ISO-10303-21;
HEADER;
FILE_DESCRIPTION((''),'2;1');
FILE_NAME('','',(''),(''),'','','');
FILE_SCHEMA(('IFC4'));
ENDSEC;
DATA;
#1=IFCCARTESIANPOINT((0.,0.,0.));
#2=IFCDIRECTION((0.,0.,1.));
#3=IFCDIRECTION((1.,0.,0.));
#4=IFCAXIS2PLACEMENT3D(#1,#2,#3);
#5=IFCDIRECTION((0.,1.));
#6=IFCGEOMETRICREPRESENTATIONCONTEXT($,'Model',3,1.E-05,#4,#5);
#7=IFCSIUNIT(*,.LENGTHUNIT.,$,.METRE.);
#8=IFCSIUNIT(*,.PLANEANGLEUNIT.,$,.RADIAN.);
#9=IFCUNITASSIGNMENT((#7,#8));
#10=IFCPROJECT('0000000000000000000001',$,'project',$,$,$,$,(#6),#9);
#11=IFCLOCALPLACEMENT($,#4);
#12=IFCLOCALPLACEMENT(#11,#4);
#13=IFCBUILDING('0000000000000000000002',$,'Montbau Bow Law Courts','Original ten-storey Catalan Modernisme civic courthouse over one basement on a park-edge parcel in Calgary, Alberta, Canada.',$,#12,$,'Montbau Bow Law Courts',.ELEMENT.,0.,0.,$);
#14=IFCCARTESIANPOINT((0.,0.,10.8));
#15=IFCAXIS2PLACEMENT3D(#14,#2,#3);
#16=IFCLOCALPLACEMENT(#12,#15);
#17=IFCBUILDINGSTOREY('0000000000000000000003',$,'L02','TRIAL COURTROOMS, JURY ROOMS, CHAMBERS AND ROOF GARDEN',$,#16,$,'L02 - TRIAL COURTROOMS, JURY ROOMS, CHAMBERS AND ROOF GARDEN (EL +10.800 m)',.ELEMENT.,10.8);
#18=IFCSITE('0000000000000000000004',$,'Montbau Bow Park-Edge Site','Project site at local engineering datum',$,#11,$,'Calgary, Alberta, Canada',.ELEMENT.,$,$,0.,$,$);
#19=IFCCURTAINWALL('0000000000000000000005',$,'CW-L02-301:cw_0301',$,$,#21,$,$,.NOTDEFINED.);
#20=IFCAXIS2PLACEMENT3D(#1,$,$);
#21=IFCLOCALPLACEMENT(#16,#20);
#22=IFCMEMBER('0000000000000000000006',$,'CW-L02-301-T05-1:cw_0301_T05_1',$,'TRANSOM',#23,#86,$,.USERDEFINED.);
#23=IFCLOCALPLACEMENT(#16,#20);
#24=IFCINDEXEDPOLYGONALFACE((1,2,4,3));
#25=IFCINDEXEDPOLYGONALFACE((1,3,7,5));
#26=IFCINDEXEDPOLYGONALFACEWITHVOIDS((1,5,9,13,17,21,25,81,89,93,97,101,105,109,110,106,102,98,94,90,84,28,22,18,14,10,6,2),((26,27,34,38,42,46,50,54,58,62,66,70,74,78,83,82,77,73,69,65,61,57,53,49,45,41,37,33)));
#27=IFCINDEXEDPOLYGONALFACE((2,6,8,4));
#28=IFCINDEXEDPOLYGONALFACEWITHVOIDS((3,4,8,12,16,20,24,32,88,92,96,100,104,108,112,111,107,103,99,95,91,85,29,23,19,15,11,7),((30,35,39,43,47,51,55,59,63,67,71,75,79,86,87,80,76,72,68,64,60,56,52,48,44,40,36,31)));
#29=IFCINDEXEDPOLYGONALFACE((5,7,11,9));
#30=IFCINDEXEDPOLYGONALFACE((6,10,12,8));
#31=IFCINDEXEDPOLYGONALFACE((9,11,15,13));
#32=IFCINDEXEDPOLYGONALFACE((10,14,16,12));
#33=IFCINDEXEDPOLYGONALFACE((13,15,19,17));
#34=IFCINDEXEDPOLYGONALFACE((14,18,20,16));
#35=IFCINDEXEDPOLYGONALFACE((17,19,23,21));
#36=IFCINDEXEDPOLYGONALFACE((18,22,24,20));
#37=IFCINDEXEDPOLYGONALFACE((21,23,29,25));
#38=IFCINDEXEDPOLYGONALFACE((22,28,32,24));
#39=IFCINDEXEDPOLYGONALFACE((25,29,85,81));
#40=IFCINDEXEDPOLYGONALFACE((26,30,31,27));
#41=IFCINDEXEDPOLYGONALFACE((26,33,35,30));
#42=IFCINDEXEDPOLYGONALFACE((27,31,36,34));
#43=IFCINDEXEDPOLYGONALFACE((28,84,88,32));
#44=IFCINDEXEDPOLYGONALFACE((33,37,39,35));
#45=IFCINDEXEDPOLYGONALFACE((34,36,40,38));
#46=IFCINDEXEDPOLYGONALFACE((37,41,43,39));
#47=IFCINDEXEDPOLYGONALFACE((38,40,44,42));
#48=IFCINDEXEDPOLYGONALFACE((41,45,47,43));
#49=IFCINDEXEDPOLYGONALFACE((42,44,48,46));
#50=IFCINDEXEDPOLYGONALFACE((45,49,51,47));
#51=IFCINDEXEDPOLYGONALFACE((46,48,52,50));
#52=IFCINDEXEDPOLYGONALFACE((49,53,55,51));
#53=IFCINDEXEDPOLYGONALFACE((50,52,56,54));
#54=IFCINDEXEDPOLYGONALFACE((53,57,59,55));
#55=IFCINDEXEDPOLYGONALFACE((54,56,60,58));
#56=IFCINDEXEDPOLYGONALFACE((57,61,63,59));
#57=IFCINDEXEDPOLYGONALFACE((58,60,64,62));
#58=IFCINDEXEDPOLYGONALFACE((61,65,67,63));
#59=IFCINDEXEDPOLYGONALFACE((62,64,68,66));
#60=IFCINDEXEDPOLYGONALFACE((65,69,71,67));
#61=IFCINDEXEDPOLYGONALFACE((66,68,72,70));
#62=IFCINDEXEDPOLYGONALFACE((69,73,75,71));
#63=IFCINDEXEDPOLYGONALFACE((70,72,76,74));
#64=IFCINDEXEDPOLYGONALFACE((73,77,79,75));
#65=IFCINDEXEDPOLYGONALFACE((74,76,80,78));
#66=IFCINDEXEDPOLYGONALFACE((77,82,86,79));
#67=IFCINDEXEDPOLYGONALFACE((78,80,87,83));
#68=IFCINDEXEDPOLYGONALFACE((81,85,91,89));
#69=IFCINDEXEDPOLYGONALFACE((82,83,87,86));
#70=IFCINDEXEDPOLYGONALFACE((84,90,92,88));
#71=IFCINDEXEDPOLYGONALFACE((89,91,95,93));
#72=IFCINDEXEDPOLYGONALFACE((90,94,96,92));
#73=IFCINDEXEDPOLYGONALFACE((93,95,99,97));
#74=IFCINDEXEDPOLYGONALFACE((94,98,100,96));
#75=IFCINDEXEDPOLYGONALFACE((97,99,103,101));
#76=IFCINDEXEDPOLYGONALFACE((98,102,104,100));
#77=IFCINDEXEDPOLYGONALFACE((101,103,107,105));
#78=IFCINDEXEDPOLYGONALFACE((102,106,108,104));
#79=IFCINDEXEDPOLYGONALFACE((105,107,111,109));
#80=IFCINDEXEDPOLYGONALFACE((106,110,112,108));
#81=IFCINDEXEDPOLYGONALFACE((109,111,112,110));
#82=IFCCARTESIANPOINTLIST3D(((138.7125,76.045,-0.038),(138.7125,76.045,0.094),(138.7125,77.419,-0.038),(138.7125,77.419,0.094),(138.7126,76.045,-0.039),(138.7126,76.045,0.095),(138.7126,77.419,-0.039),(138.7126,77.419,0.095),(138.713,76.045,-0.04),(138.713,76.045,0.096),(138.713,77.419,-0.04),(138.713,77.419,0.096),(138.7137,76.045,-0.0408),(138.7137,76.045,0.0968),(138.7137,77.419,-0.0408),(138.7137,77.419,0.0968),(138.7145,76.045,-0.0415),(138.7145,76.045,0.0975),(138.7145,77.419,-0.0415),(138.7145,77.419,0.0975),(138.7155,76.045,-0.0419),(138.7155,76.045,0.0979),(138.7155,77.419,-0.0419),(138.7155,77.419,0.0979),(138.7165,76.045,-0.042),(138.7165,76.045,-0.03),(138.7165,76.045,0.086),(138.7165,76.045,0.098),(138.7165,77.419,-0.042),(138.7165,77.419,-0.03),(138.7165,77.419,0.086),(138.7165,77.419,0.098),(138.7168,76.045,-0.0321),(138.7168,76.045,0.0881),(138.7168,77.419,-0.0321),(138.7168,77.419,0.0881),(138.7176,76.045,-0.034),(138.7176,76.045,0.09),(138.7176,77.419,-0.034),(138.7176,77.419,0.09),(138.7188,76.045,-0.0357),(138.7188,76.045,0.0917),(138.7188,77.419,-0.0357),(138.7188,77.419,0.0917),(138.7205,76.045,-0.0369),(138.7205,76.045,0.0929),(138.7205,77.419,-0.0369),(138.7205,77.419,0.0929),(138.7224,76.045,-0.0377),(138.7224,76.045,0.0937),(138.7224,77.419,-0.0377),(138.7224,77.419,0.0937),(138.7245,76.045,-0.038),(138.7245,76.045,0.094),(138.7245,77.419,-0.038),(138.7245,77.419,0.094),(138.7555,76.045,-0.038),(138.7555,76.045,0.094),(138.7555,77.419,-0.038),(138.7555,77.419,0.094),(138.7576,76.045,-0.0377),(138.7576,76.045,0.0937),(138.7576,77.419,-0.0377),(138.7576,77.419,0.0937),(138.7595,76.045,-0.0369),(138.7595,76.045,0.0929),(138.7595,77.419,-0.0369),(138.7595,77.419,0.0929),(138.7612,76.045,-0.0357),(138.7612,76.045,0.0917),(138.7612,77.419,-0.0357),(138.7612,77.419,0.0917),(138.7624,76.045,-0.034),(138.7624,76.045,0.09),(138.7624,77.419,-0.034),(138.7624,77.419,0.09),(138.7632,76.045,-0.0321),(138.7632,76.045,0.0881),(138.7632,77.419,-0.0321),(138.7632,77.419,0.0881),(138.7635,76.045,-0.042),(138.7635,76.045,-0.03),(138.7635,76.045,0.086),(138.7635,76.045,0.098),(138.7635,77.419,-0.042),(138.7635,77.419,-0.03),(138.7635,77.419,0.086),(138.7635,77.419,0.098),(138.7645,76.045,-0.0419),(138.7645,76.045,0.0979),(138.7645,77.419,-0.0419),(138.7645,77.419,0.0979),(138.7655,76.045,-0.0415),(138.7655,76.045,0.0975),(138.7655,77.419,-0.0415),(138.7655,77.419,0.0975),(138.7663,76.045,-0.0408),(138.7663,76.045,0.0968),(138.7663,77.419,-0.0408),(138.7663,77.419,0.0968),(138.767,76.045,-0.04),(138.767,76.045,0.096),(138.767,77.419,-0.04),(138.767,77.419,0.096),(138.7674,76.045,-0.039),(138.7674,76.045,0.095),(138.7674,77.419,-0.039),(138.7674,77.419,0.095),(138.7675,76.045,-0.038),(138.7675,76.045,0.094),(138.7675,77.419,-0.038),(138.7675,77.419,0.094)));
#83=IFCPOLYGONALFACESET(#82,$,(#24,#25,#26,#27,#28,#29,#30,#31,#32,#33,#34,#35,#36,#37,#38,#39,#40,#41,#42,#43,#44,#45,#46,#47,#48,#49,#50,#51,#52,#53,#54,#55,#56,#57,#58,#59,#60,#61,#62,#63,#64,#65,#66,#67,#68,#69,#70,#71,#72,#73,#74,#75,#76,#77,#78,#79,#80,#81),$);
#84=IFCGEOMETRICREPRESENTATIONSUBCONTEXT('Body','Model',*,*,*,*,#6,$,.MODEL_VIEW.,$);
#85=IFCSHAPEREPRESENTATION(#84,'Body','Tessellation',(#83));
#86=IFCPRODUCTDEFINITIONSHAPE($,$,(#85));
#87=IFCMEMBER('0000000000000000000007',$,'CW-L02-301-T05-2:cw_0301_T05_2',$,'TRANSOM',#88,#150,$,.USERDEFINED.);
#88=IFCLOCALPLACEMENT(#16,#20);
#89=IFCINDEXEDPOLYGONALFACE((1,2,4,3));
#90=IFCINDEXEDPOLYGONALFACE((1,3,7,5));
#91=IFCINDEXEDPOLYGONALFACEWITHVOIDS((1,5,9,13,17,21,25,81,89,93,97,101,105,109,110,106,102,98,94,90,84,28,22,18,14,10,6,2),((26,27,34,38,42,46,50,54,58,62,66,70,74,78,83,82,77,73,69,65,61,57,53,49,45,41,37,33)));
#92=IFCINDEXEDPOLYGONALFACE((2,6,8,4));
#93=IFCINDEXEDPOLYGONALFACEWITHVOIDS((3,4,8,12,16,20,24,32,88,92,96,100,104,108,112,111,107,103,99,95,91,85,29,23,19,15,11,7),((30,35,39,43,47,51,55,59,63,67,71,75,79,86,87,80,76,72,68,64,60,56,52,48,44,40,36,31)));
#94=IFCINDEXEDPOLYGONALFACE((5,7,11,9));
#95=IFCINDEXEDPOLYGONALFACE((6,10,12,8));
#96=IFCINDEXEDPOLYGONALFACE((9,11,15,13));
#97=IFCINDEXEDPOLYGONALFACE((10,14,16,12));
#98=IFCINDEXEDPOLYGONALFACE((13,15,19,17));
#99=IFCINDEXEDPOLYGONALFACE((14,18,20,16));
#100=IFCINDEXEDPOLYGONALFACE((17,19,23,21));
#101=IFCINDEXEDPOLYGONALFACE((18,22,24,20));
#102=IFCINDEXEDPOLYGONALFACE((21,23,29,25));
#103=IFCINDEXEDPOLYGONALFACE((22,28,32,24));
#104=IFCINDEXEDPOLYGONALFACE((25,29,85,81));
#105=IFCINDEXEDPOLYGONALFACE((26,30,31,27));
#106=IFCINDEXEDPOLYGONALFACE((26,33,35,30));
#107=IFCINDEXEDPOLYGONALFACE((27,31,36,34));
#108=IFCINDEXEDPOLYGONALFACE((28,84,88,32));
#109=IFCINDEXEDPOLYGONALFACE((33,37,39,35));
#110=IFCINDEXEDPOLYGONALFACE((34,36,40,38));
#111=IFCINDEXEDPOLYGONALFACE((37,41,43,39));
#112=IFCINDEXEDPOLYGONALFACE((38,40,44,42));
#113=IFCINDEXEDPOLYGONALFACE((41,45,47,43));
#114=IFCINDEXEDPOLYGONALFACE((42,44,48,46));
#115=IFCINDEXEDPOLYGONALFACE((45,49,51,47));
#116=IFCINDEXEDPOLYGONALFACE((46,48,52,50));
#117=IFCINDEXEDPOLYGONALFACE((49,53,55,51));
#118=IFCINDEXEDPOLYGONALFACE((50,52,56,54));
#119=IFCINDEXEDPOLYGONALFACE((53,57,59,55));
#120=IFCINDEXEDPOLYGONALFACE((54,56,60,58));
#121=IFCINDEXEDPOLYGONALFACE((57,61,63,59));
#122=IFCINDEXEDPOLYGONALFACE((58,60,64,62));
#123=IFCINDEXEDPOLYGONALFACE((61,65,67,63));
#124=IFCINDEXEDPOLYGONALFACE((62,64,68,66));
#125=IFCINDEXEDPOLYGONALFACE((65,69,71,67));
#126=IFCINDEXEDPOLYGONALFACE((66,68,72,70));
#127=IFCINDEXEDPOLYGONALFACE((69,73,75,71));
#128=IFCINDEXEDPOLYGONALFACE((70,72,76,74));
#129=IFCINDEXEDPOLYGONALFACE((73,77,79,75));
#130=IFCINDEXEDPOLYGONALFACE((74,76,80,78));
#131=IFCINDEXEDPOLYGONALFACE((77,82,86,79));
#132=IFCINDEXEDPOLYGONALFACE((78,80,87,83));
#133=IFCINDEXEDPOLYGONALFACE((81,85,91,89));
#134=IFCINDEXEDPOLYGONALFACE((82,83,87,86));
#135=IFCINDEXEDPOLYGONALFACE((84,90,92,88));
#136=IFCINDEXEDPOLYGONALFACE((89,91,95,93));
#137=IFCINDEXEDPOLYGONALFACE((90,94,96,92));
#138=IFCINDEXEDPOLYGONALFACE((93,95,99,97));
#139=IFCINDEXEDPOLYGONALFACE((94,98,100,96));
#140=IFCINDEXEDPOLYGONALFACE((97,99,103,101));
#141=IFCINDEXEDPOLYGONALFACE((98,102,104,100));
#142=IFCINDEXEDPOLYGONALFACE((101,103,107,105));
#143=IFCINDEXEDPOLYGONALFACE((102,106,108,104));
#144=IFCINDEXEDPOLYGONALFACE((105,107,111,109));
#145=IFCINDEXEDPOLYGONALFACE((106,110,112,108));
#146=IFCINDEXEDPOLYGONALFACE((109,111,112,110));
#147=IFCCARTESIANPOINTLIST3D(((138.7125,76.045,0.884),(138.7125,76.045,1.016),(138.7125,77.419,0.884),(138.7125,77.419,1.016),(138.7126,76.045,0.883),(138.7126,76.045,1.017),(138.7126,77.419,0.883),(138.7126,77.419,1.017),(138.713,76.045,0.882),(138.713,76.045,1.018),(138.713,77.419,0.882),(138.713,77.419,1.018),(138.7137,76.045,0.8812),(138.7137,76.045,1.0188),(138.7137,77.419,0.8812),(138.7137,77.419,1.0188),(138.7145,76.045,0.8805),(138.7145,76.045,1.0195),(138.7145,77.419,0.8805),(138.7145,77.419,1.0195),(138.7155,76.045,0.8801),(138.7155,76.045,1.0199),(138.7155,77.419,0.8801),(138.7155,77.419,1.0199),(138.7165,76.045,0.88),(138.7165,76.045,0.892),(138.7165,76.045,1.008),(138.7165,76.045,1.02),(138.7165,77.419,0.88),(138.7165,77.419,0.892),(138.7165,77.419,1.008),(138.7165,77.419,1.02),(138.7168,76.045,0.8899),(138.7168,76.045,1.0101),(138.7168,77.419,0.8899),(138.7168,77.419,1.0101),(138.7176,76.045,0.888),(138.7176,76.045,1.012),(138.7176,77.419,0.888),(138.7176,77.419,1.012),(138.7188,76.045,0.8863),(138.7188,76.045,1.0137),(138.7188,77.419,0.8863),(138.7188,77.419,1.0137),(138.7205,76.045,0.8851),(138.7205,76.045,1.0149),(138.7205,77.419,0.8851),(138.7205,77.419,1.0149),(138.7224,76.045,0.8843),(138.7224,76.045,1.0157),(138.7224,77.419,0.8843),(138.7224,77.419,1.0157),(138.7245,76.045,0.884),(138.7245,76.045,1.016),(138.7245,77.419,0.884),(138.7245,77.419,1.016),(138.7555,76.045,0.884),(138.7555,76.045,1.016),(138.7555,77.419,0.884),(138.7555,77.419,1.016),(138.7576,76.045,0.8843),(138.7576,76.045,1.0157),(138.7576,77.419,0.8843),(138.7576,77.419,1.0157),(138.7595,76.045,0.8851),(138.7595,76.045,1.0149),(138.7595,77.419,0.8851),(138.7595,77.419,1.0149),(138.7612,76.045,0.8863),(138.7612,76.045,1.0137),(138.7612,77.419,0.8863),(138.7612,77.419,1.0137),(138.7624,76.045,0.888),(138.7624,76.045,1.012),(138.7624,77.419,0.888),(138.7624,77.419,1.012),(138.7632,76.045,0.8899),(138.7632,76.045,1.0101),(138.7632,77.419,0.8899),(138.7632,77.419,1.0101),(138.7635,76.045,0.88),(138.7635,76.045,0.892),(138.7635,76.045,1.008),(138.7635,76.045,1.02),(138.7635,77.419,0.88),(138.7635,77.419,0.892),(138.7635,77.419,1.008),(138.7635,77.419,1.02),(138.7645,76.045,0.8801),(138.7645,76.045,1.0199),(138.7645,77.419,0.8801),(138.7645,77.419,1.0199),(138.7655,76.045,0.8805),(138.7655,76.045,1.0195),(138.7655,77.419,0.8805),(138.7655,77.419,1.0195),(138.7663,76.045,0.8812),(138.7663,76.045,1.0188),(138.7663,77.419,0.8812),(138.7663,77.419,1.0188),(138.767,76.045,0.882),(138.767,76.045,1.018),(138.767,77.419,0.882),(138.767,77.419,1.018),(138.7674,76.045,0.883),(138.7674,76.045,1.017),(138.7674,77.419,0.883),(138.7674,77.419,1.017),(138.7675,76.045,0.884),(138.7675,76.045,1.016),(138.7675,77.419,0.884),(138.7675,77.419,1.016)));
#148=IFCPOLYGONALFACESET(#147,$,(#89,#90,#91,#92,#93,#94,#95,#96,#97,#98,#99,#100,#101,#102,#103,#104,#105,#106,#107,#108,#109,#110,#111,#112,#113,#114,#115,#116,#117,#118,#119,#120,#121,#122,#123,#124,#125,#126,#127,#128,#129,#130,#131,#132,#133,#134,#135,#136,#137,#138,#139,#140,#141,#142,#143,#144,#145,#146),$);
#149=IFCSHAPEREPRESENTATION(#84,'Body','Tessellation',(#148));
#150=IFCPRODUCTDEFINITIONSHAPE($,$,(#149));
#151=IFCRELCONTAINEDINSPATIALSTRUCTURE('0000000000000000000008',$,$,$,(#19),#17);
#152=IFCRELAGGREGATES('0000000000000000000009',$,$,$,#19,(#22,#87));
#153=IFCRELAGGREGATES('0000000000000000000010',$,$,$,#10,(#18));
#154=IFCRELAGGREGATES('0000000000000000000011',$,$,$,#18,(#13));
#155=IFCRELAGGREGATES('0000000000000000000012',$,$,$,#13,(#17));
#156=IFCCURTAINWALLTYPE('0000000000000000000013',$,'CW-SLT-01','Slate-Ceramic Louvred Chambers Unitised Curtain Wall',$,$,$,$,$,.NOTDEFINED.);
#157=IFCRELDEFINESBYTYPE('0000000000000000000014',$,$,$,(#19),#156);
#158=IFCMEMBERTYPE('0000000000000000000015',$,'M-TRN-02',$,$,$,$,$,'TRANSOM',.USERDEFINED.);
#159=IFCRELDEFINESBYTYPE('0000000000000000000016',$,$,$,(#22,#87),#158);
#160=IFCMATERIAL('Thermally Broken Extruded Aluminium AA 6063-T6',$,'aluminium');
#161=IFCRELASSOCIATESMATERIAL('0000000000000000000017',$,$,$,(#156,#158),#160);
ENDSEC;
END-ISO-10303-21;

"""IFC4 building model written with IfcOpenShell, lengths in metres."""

from ifc_helpers import new_model, si_unit, direction, frame, origin_with_axes, origin_2d_with_axis, place, context, subcontext, project, spatial, hollow_rectangle, extrude, material, material_profile, profile_set, type_object, element, aggregate, save


model = new_model("IFC4")

# Units and contexts
model_context = context("Model", 3, precision=1e-05, world=origin_with_axes(), true_north=direction((0.0, 1.0)))
body_context = subcontext(model_context, "Body", "Model", "MODEL_VIEW")
ifc_project = project(units=[si_unit("LENGTHUNIT", "METRE"), si_unit("PLANEANGLEUNIT", "RADIAN")], contexts=[model_context])

# Site, building, storey
site_placement = place(None, origin_with_axes())
site = spatial("IfcSite", under=ifc_project, at=site_placement, Name="Montbau Bow Park-Edge Site", Description="Project site at local engineering datum", LongName="Calgary, Alberta, Canada", CompositionType="ELEMENT", RefElevation=0.0)
building_placement = place(site_placement, origin_with_axes())
building = spatial("IfcBuilding", under=site, at=building_placement, Name="Montbau Bow Law Courts", Description="Original ten-storey Catalan Modernisme civic courthouse over one basement on a park-edge parcel in Calgary, Alberta, Canada.", LongName="Montbau Bow Law Courts", CompositionType="ELEMENT", ElevationOfRefHeight=0.0, ElevationOfTerrain=0.0)
storey_placement = place(building_placement, frame((0.0, 0.0, 10.8), z_axis=(0.0, 0.0, 1.0), x_axis=(1.0, 0.0, 0.0)))
storey = spatial("IfcBuildingStorey", under=building, at=storey_placement, Name="L02", Description="TRIAL COURTROOMS, JURY ROOMS, CHAMBERS AND ROOF GARDEN", LongName="L02 - TRIAL COURTROOMS, JURY ROOMS, CHAMBERS AND ROOF GARDEN (EL +10.800 m)", CompositionType="ELEMENT", Elevation=10.8)

# Curtain wall
ifc_material_1 = material(Name="Thermally Broken Extruded Aluminium AA 6063-T6", Category="aluminium")
curtain_wall_type = type_object("IfcCurtainWallType", Name="CW-SLT-01", Description="Slate-Ceramic Louvred Chambers Unitised Curtain Wall", PredefinedType="NOTDEFINED", material=ifc_material_1)
curtain_wall_1_placement = place(None, frame((138.74, 70.115, 10.8), z_axis=(0.0, 0.0, 1.0), x_axis=(1.0, 0.0, 0.0)))
curtain_wall_1 = element("IfcCurtainWall", 1, at=curtain_wall_1_placement, inside=storey, type_object=curtain_wall_type, Name="CW-L02-301:cw_0301", PredefinedType="NOTDEFINED")

# Members
ifc_material_profile_1 = material_profile(ifc_material_1, hollow_rectangle(XDim=0.055, YDim=0.14, WallThickness=0.004, InnerFilletRadius=0.008, OuterFilletRadius=0.004, at=origin_2d_with_axis()), Name="CWT-140X55", Category="Main", Priority=0)
ifc_profile_set_1 = profile_set([ifc_material_profile_1], Name="Thermally Broken Extruded Aluminium AA 6063-T6")
member_type_1 = type_object("IfcMemberType", Name="M-TRN-02", ElementType="TRANSOM", PredefinedType="USERDEFINED", material=ifc_profile_set_1)
member_1_placement = place(None, frame((138.74, 76.045, 10.828), z_axis=(0.0, 1.0, 0.0), x_axis=(-1.0, 0.0, 0.0)))
member_1 = element("IfcMember", 2, at=member_1_placement, type_object=member_type_1, Name="CW-L02-301-T05-1:cw_0301_T05_1", ObjectType="TRANSOM", PredefinedType="USERDEFINED", context=body_context, shape_type="SweptSolid", body=[
    extrude(hollow_rectangle(XDim=0.055, YDim=0.14, WallThickness=0.004, InnerFilletRadius=0.008, OuterFilletRadius=0.004, at=origin_2d_with_axis()), origin_with_axes(), (0.0, 0.0, 1.0), 1.374),
])
member_2_placement = place(None, frame((138.74, 76.045, 11.75), z_axis=(0.0, 1.0, 0.0), x_axis=(-1.0, 0.0, 0.0)))
member_2 = element("IfcMember", 3, at=member_2_placement, type_object=member_type_1, Name="CW-L02-301-T05-2:cw_0301_T05_2", ObjectType="TRANSOM", PredefinedType="USERDEFINED", context=body_context, shape_type="SweptSolid", body=[
    extrude(hollow_rectangle(XDim=0.055, YDim=0.14, WallThickness=0.004, InnerFilletRadius=0.008, OuterFilletRadius=0.004, at=origin_2d_with_axis()), origin_with_axes(), (0.0, 0.0, 1.0), 1.374),
])

aggregate(curtain_wall_1, [member_1, member_2])

save(model, "model.ifc")
